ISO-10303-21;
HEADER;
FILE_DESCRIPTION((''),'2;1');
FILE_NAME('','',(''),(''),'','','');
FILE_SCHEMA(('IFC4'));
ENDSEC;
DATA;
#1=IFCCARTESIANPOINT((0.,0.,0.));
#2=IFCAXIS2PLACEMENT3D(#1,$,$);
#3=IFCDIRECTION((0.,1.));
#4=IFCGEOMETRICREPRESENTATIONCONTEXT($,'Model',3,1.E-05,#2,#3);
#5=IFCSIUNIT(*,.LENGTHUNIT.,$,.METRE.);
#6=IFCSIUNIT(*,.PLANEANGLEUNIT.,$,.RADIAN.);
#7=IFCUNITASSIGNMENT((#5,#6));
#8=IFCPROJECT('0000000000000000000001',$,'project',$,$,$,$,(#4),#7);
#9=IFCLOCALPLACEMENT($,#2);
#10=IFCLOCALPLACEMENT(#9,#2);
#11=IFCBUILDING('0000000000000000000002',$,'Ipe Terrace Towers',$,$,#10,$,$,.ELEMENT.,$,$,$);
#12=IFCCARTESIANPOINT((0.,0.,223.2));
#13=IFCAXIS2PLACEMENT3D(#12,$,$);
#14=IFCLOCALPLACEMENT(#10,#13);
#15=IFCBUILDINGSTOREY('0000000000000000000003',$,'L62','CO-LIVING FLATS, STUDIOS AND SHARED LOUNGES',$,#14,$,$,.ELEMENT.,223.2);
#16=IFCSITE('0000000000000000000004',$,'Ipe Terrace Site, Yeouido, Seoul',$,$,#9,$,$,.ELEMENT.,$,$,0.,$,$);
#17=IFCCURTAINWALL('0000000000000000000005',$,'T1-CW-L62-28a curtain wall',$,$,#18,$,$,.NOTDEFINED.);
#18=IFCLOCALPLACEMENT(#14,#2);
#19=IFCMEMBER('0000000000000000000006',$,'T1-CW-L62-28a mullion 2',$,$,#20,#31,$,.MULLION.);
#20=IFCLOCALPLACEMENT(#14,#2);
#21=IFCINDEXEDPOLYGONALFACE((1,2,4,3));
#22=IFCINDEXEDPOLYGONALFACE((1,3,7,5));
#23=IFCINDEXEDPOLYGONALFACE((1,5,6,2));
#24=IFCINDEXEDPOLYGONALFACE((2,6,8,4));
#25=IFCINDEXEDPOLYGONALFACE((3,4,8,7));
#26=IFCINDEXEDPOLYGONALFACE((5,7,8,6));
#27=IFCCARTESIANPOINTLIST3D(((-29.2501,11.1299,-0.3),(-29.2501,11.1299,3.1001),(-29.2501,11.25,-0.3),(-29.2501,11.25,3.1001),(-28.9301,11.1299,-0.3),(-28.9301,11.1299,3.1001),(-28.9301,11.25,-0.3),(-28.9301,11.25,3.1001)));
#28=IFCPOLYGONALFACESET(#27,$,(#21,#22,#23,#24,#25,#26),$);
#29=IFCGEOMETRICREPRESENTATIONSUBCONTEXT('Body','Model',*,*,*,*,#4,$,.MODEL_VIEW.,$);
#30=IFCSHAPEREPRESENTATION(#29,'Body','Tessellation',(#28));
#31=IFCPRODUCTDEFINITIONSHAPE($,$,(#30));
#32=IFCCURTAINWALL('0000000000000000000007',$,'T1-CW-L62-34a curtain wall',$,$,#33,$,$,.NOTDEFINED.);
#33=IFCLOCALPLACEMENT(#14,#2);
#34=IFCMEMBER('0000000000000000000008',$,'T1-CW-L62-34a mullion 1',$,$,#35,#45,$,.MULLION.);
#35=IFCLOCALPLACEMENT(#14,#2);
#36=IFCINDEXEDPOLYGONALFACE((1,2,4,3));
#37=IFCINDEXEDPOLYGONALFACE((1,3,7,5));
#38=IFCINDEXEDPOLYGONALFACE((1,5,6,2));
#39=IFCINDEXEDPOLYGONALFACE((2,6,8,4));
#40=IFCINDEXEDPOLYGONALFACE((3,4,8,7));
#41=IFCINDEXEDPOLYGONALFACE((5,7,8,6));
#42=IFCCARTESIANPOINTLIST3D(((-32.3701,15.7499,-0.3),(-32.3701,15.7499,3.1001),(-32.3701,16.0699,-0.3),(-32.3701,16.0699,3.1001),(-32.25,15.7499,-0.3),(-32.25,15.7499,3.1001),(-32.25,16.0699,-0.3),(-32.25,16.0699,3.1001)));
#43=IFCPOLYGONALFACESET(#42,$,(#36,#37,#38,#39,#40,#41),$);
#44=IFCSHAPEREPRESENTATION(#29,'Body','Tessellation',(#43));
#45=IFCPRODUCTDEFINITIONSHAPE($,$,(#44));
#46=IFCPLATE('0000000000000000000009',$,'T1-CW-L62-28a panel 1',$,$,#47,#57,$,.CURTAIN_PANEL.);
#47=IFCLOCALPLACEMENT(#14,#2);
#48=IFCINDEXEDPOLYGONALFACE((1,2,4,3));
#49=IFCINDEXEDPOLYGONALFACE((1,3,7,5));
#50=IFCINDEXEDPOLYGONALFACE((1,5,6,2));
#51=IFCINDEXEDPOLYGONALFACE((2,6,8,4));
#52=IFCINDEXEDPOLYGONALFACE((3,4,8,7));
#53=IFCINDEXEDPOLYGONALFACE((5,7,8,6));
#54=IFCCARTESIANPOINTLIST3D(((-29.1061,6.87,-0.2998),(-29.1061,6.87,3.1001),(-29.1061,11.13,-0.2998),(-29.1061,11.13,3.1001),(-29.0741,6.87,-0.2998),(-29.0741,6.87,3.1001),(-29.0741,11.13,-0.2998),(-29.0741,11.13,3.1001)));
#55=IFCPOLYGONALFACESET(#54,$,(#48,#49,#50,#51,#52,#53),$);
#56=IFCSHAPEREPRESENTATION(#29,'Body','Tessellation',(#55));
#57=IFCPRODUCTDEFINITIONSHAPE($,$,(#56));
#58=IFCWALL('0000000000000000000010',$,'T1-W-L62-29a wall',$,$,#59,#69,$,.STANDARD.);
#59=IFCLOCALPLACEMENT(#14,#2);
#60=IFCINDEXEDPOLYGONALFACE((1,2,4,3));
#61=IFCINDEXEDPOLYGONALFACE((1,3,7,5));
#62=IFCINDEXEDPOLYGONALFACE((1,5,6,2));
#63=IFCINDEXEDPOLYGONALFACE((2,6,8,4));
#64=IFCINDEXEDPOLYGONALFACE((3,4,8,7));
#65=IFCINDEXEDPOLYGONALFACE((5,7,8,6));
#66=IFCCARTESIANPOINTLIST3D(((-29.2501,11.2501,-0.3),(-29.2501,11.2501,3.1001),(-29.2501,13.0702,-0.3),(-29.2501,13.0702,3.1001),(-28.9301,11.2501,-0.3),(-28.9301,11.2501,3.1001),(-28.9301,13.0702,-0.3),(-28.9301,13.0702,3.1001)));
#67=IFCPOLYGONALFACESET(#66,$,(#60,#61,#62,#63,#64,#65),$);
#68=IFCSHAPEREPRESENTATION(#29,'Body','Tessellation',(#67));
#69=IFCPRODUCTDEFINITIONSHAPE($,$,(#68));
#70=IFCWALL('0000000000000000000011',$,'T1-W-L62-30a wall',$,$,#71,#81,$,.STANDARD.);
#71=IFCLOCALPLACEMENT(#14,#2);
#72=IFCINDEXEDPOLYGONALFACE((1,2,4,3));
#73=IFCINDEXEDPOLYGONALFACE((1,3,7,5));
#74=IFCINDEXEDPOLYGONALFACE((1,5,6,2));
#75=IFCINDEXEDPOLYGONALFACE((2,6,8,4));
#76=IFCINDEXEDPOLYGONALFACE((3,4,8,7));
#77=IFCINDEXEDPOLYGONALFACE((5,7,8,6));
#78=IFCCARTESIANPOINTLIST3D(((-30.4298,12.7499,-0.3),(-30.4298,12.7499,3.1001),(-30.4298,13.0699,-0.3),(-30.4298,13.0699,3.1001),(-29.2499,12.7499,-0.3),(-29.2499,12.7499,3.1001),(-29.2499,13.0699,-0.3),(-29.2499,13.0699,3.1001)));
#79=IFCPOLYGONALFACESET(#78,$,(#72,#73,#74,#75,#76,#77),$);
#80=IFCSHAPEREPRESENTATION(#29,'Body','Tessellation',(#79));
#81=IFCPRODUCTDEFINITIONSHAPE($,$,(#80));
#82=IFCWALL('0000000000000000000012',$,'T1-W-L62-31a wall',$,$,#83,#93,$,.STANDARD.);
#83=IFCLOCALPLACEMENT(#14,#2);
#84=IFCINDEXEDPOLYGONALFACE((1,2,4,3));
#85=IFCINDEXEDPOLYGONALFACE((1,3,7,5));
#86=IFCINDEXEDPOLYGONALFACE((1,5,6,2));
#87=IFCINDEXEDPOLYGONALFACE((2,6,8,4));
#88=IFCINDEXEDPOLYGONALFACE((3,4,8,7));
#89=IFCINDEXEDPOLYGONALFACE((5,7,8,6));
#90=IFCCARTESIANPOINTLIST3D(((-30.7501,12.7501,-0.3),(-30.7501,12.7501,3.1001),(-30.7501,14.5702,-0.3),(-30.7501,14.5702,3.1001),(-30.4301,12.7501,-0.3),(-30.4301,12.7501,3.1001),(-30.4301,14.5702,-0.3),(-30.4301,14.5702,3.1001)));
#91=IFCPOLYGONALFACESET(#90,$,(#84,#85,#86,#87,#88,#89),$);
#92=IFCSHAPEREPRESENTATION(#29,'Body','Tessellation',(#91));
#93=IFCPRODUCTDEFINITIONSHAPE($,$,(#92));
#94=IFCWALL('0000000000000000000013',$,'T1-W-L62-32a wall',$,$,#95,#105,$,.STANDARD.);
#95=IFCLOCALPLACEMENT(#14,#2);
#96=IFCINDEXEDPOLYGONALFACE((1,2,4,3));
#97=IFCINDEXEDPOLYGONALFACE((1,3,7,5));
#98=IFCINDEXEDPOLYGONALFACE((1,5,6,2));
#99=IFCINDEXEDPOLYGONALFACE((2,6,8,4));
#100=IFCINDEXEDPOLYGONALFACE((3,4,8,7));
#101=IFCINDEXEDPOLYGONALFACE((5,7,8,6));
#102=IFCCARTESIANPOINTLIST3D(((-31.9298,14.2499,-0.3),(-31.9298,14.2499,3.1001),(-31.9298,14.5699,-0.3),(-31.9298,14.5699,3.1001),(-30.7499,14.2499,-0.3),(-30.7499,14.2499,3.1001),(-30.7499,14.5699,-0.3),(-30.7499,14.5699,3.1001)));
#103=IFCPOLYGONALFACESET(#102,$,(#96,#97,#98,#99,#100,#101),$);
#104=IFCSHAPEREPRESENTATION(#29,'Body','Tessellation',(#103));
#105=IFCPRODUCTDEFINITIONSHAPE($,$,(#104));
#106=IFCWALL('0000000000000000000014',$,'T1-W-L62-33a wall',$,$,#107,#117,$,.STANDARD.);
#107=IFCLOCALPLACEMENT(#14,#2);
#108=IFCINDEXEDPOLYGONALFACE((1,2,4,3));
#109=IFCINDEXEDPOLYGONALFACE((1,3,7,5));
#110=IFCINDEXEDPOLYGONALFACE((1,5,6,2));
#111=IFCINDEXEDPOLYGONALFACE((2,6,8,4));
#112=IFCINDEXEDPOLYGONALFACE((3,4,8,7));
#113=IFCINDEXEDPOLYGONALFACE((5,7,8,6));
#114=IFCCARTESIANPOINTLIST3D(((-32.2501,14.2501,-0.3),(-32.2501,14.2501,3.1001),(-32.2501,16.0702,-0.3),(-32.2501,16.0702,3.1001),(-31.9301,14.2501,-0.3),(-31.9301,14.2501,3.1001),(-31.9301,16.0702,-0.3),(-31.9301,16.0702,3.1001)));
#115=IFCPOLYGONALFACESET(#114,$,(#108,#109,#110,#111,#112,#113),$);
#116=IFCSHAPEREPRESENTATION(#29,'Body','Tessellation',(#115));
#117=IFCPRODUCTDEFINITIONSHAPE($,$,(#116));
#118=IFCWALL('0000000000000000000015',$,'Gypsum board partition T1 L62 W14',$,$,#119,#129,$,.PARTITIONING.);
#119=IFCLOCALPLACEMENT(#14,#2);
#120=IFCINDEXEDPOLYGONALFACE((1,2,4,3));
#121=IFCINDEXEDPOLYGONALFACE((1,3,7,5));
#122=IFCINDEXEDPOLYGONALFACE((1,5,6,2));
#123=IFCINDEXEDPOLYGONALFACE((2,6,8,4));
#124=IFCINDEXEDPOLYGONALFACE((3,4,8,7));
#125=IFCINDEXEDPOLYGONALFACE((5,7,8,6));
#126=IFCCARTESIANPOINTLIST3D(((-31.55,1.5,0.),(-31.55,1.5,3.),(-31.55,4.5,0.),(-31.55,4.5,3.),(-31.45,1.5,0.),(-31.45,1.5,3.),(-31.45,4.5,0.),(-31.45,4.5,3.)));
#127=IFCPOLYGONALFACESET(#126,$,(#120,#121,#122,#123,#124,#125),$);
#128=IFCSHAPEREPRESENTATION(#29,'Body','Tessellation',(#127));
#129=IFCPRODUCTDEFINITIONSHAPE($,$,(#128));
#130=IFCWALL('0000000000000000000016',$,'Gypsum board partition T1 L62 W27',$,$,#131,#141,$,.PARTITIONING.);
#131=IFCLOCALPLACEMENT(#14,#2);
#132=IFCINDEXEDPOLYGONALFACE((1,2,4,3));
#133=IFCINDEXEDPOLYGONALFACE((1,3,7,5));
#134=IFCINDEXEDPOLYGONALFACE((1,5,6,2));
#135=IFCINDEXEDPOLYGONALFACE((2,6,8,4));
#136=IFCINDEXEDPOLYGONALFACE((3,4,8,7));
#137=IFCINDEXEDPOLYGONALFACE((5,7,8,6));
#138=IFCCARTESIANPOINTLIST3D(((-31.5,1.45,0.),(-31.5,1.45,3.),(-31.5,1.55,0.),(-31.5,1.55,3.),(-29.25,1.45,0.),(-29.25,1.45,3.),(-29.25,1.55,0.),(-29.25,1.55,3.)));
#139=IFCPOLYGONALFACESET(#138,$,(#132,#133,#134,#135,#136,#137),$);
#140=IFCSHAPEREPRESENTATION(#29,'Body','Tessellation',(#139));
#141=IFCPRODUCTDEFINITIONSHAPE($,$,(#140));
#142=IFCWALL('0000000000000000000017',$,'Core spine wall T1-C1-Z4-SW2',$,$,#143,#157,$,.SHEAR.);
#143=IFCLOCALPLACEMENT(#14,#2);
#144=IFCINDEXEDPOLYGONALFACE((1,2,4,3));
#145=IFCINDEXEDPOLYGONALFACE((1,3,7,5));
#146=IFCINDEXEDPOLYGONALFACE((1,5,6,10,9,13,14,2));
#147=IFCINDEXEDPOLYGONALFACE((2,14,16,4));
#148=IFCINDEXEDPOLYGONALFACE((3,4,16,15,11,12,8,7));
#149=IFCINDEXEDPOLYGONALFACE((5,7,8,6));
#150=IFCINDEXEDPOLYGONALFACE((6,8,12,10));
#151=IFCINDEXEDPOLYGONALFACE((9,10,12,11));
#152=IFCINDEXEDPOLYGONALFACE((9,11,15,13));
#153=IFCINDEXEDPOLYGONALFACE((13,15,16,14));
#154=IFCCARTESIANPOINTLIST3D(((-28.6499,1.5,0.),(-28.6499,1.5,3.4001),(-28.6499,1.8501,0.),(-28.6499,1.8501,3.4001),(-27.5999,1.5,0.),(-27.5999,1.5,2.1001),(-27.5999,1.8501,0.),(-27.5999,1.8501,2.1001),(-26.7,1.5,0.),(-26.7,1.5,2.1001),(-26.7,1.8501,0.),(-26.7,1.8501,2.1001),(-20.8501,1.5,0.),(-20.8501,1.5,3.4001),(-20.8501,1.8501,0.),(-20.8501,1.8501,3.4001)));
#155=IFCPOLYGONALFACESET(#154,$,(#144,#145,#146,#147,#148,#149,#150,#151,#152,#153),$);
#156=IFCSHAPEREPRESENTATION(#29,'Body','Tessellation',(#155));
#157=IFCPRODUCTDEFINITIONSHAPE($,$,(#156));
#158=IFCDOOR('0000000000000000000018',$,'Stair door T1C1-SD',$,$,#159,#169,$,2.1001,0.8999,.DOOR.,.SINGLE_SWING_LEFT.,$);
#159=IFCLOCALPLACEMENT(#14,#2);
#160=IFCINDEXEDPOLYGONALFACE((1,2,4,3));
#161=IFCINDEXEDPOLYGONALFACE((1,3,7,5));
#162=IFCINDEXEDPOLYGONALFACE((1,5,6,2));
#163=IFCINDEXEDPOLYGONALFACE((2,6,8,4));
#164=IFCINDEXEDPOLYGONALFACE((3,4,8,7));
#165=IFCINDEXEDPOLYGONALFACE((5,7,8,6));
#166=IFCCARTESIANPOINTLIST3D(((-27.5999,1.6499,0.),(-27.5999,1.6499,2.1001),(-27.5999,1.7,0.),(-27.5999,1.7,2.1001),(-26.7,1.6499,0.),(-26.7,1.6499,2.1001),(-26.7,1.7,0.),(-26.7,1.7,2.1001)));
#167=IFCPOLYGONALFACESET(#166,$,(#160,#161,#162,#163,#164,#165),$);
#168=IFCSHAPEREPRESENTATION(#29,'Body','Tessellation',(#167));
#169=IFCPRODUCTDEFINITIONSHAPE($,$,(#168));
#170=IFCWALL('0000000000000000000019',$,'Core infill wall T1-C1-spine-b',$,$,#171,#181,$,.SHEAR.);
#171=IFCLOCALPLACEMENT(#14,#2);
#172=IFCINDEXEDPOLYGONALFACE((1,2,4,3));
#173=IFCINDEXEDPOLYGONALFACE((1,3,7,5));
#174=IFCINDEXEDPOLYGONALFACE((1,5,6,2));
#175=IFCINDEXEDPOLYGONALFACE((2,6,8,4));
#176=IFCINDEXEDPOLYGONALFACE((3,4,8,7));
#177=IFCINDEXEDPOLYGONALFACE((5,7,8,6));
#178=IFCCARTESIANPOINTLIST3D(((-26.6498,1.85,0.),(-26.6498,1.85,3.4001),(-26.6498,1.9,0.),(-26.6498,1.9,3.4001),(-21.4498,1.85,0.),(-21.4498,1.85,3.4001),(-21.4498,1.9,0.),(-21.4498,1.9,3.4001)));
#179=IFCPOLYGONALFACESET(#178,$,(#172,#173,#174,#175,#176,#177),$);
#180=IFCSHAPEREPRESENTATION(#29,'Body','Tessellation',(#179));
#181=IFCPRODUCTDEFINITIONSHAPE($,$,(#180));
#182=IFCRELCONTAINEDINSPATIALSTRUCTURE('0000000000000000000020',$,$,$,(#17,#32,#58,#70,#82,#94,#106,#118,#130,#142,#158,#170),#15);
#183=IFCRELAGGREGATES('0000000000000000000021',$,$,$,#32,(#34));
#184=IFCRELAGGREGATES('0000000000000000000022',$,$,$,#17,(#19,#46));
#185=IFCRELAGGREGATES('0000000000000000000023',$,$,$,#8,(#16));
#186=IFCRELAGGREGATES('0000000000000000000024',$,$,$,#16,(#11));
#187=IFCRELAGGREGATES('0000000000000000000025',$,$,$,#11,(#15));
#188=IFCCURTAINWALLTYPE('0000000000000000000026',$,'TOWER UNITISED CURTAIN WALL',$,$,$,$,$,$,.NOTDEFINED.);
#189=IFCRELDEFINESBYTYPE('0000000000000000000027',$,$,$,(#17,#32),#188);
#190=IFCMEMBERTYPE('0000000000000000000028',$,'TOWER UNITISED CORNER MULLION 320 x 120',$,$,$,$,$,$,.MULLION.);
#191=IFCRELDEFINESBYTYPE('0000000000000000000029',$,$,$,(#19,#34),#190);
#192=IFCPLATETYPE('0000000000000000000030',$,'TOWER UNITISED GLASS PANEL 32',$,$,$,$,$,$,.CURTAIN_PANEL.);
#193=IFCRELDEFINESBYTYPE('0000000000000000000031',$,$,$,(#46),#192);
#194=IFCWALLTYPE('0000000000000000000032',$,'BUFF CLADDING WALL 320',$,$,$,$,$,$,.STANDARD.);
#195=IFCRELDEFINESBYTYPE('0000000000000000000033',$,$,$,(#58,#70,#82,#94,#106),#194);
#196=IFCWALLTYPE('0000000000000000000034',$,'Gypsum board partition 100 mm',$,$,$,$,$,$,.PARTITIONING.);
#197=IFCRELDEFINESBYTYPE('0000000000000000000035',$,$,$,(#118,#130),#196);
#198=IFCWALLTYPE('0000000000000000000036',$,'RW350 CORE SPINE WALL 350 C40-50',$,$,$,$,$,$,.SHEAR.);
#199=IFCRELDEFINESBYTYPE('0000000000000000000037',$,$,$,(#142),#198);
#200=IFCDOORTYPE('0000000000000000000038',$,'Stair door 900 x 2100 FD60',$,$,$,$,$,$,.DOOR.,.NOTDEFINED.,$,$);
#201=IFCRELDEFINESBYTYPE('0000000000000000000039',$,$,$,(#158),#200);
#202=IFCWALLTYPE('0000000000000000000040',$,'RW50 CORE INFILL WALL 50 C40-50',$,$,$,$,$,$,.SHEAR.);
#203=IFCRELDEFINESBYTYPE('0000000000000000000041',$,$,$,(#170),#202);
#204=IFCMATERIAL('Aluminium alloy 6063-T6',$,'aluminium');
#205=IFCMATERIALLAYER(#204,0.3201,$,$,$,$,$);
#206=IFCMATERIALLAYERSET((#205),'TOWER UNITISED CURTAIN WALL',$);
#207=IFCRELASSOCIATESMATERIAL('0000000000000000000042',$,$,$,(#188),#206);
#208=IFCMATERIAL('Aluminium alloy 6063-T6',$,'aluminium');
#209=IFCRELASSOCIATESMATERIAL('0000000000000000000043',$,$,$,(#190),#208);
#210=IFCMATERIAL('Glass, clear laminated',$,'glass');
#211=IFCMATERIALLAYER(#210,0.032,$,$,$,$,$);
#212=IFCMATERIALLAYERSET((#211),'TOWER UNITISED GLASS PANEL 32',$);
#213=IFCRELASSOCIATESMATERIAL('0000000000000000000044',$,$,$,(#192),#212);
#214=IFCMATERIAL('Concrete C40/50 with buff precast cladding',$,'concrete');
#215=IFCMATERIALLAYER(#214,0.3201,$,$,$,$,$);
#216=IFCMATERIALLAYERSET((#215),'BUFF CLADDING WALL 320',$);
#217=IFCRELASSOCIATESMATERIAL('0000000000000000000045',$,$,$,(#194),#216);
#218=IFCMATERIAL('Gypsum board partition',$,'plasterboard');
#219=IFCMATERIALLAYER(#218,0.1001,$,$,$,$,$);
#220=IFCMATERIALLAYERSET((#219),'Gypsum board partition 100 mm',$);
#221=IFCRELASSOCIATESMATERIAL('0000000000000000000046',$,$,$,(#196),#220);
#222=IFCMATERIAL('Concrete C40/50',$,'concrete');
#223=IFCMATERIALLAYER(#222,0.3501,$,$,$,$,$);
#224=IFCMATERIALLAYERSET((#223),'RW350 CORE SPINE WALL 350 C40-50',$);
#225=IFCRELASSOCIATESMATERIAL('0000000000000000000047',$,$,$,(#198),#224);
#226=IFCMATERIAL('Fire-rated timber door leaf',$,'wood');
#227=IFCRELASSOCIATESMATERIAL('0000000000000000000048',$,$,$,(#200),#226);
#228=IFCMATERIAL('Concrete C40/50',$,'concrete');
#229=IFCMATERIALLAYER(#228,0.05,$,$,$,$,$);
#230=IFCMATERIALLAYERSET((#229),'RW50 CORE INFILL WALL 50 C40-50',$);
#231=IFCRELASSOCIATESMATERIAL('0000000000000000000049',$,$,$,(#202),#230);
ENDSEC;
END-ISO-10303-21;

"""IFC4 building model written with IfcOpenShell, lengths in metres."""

from ifc_helpers import new_model, si_unit, direction, frame, frame_2d, origin, origin_2d, place, context, subcontext, project, spatial, rectangle, extrude, material, layer, layer_set, material_profile, profile_set, type_object, element, fill, aggregate, save


model = new_model("IFC4")

# Units and contexts
model_context = context("Model", 3, precision=1e-05, world=origin(), true_north=direction((0.0, 1.0)))
body_context = subcontext(model_context, "Body", "Model", "MODEL_VIEW")
ifc_project = project(units=[si_unit("LENGTHUNIT", "METRE"), si_unit("PLANEANGLEUNIT", "RADIAN")], contexts=[model_context])

# Site, building, storey
site_placement = place(None, origin())
site = spatial("IfcSite", under=ifc_project, at=site_placement, Name="Ipe Terrace Site, Yeouido, Seoul", CompositionType="ELEMENT", RefElevation=0.0)
building_placement = place(site_placement, origin())
building = spatial("IfcBuilding", under=site, at=building_placement, Name="Ipe Terrace Towers", CompositionType="ELEMENT")
storey_placement = place(building_placement, frame((0.0, 0.0, 223.2)))
storey = spatial("IfcBuildingStorey", under=building, at=storey_placement, Name="L62", Description="CO-LIVING FLATS, STUDIOS AND SHARED LOUNGES", CompositionType="ELEMENT", Elevation=223.2)

# Curtain wall, member
ifc_material_1 = material(Name="Aluminium alloy 6063-T6", Category="aluminium")
ifc_layer_1 = layer(ifc_material_1, 0.3201)
ifc_layer_set_1 = layer_set([ifc_layer_1], Name="TOWER UNITISED CURTAIN WALL")
curtain_wall_type = type_object("IfcCurtainWallType", Name="TOWER UNITISED CURTAIN WALL", PredefinedType="NOTDEFINED", material=ifc_layer_set_1)
curtain_wall_1_placement = place(storey_placement, origin())
curtain_wall_1 = element("IfcCurtainWall", 1, at=curtain_wall_1_placement, inside=storey, type_object=curtain_wall_type, Name="T1-CW-L62-28a curtain wall", PredefinedType="NOTDEFINED")
ifc_material_2 = material(Name="Aluminium alloy 6063-T6", Category="aluminium")
ifc_material_profile_1 = material_profile(ifc_material_2, rectangle(XDim=0.3201, YDim=0.1201, at=origin_2d()), Name="TOWER UNITISED CORNER MULLION 320 x 120")
ifc_profile_set_1 = profile_set([ifc_material_profile_1], Name="Aluminium alloy 6063-T6")
member_type = type_object("IfcMemberType", Name="TOWER UNITISED CORNER MULLION 320 x 120", PredefinedType="MULLION", material=ifc_profile_set_1)
member_1_placement = place(storey_placement, frame((-29.0901, 11.1899, -0.3), z_axis=(0.0, 0.0, 1.0), x_axis=(1.0, 0.0, 0.0)))
member_1 = element("IfcMember", 2, at=member_1_placement, type_object=member_type, Name="T1-CW-L62-28a mullion 2", PredefinedType="MULLION", context=body_context, shape_type="SweptSolid", body=[
    extrude(rectangle(XDim=0.3201, YDim=0.1201, at=origin_2d()), origin(), (0.0, 0.0, 1.0), 3.4001),
])

# Curtain wall, member
curtain_wall_2_placement = place(storey_placement, origin())
curtain_wall_2 = element("IfcCurtainWall", 3, at=curtain_wall_2_placement, inside=storey, type_object=curtain_wall_type, Name="T1-CW-L62-34a curtain wall", PredefinedType="NOTDEFINED")
member_2_placement = place(storey_placement, frame((-32.3101, 15.9099, -0.3), z_axis=(0.0, 0.0, 1.0), x_axis=(0.0, 1.0, 0.0)))
member_2 = element("IfcMember", 4, at=member_2_placement, type_object=member_type, Name="T1-CW-L62-34a mullion 1", PredefinedType="MULLION", context=body_context, shape_type="SweptSolid", body=[
    extrude(rectangle(XDim=0.3201, YDim=0.1201, at=origin_2d()), origin(), (0.0, 0.0, 1.0), 3.4001),
])
aggregate(curtain_wall_2, [member_2])

# Plate
ifc_material_3 = material(Name="Glass, clear laminated", Category="glass")
ifc_layer_2 = layer(ifc_material_3, 0.032)
ifc_layer_set_2 = layer_set([ifc_layer_2], Name="TOWER UNITISED GLASS PANEL 32")
plate_type = type_object("IfcPlateType", Name="TOWER UNITISED GLASS PANEL 32", PredefinedType="CURTAIN_PANEL", material=ifc_layer_set_2)
plate_placement = place(storey_placement, frame((-29.0901, 9.0, -0.2998), z_axis=(0.0, 0.0, 1.0), x_axis=(0.0, 1.0, 0.0)))
plate = element("IfcPlate", 5, at=plate_placement, type_object=plate_type, Name="T1-CW-L62-28a panel 1", PredefinedType="CURTAIN_PANEL", context=body_context, shape_type="SweptSolid", body=[
    extrude(rectangle(XDim=4.26, YDim=0.032, at=origin_2d()), origin(), (0.0, 0.0, 1.0), 3.3999),
])
aggregate(curtain_wall_1, [member_1, plate])

# Walls
ifc_material_4 = material(Name="Concrete C40/50 with buff precast cladding", Category="concrete")
ifc_layer_3 = layer(ifc_material_4, 0.3201)
ifc_layer_set_3 = layer_set([ifc_layer_3], Name="BUFF CLADDING WALL 320")
wall_type_1 = type_object("IfcWallType", Name="BUFF CLADDING WALL 320", PredefinedType="STANDARD", material=ifc_layer_set_3)
wall_1_placement = place(storey_placement, frame((-29.0901, 11.25, -0.3), z_axis=(0.0, 0.0, 1.0), x_axis=(0.0, 1.0, 0.0)))
element("IfcWall", 6, at=wall_1_placement, inside=storey, type_object=wall_type_1, Name="T1-W-L62-29a wall", PredefinedType="STANDARD", context=body_context, shape_type="SweptSolid", body=[
    extrude(rectangle(XDim=1.8201, YDim=0.3201, at=frame_2d((0.9102, 0.0))), origin(), (0.0, 0.0, 1.0), 3.4001),
])
wall_2_placement = place(storey_placement, frame((-29.25, 12.9099, -0.3), z_axis=(0.0, 0.0, 1.0), x_axis=(-1.0, 0.0, 0.0)))
element("IfcWall", 7, at=wall_2_placement, inside=storey, type_object=wall_type_1, Name="T1-W-L62-30a wall", PredefinedType="STANDARD", context=body_context, shape_type="SweptSolid", body=[
    extrude(rectangle(XDim=1.1799, YDim=0.3201, at=frame_2d((0.5898, 0.0))), origin(), (0.0, 0.0, 1.0), 3.4001),
])
wall_3_placement = place(storey_placement, frame((-30.5901, 12.75, -0.3), z_axis=(0.0, 0.0, 1.0), x_axis=(0.0, 1.0, 0.0)))
element("IfcWall", 8, at=wall_3_placement, inside=storey, type_object=wall_type_1, Name="T1-W-L62-31a wall", PredefinedType="STANDARD", context=body_context, shape_type="SweptSolid", body=[
    extrude(rectangle(XDim=1.8201, YDim=0.3201, at=frame_2d((0.9102, 0.0))), origin(), (0.0, 0.0, 1.0), 3.4001),
])
wall_4_placement = place(storey_placement, frame((-30.75, 14.4099, -0.3), z_axis=(0.0, 0.0, 1.0), x_axis=(-1.0, 0.0, 0.0)))
element("IfcWall", 9, at=wall_4_placement, inside=storey, type_object=wall_type_1, Name="T1-W-L62-32a wall", PredefinedType="STANDARD", context=body_context, shape_type="SweptSolid", body=[
    extrude(rectangle(XDim=1.1799, YDim=0.3201, at=frame_2d((0.5898, 0.0))), origin(), (0.0, 0.0, 1.0), 3.4001),
])
wall_5_placement = place(storey_placement, frame((-32.0901, 14.25, -0.3), z_axis=(0.0, 0.0, 1.0), x_axis=(0.0, 1.0, 0.0)))
element("IfcWall", 10, at=wall_5_placement, inside=storey, type_object=wall_type_1, Name="T1-W-L62-33a wall", PredefinedType="STANDARD", context=body_context, shape_type="SweptSolid", body=[
    extrude(rectangle(XDim=1.8201, YDim=0.3201, at=frame_2d((0.9102, 0.0))), origin(), (0.0, 0.0, 1.0), 3.4001),
])
ifc_material_5 = material(Name="Gypsum board partition", Category="plasterboard")
ifc_layer_4 = layer(ifc_material_5, 0.1001)
ifc_layer_set_4 = layer_set([ifc_layer_4], Name="Gypsum board partition 100 mm")
wall_type_2 = type_object("IfcWallType", Name="Gypsum board partition 100 mm", PredefinedType="PARTITIONING", material=ifc_layer_set_4)
wall_6_placement = place(storey_placement, frame((-31.5, 1.5, 0.0), z_axis=(0.0, 0.0, 1.0), x_axis=(0.0, 1.0, 0.0)))
element("IfcWall", 11, at=wall_6_placement, inside=storey, type_object=wall_type_2, Name="Gypsum board partition T1 L62 W14", PredefinedType="PARTITIONING", context=body_context, shape_type="SweptSolid", body=[
    extrude(rectangle(XDim=3.0, YDim=0.1001, at=frame_2d((1.5, 0.0))), origin(), (0.0, 0.0, 1.0), 3.0),
])
wall_7_placement = place(storey_placement, frame((-31.5, 1.5, 0.0), z_axis=(0.0, 0.0, 1.0), x_axis=(1.0, 0.0, 0.0)))
element("IfcWall", 12, at=wall_7_placement, inside=storey, type_object=wall_type_2, Name="Gypsum board partition T1 L62 W27", PredefinedType="PARTITIONING", context=body_context, shape_type="SweptSolid", body=[
    extrude(rectangle(XDim=2.25, YDim=0.1001, at=frame_2d((1.125, 0.0))), origin(), (0.0, 0.0, 1.0), 3.0),
])

# Wall, opening, door
ifc_material_6 = material(Name="Concrete C40/50", Category="concrete")
ifc_layer_5 = layer(ifc_material_6, 0.3501)
ifc_layer_set_5 = layer_set([ifc_layer_5], Name="RW350 CORE SPINE WALL 350 C40-50")
wall_type_3 = type_object("IfcWallType", Name="RW350 CORE SPINE WALL 350 C40-50", PredefinedType="SHEAR", material=ifc_layer_set_5)
wall_8_placement = place(storey_placement, frame((-28.6499, 1.675, 0.0), z_axis=(0.0, 0.0, 1.0), x_axis=(1.0, 0.0, 0.0)))
wall_8 = element("IfcWall", 13, at=wall_8_placement, inside=storey, type_object=wall_type_3, Name="Core spine wall T1-C1-Z4-SW2", PredefinedType="SHEAR", context=body_context, shape_type="SweptSolid", body=[
    extrude(rectangle(XDim=7.7998, YDim=0.3501, at=frame_2d((3.8999, 0.0))), origin(), (0.0, 0.0, 1.0), 3.4001),
])
opening_1_placement = place(wall_8_placement, frame((1.05, 0.0, 0.0)))
opening_1 = element("IfcOpeningElement", 14, at=opening_1_placement, cuts=wall_8, PredefinedType="OPENING", context=body_context, shape_type="SweptSolid", body=[
    extrude(rectangle(XDim=0.8999, YDim=2.1001, at=frame_2d((0.45, 1.05))), frame((0.0, 0.1851, 0.0), z_axis=(0.0, -1.0, 0.0), x_axis=(1.0, 0.0, 0.0)), (0.0, 0.0, 1.0), 0.3701),
])
ifc_material_7 = material(Name="Fire-rated timber door leaf", Category="wood")
door_type_1 = type_object("IfcDoorType", Name="Stair door 900 x 2100 FD60", OperationType="NOTDEFINED", PredefinedType="DOOR", material=ifc_material_7)
door_1_placement = place(opening_1_placement, origin())
door_1 = element("IfcDoor", 15, at=door_1_placement, inside=storey, type_object=door_type_1, Name="Stair door T1C1-SD", OperationType="SINGLE_SWING_LEFT", OverallHeight=2.1001, OverallWidth=0.8999, PredefinedType="DOOR", context=body_context, shape_type="SweptSolid", body=[
    extrude(rectangle(XDim=0.8999, YDim=2.1001, at=frame_2d((0.45, 1.05))), frame((0.0, 0.0249, 0.0), z_axis=(0.0, -1.0, 0.0), x_axis=(1.0, 0.0, 0.0)), (0.0, 0.0, 1.0), 0.05),
])
fill(opening_1, door_1)

# Wall
ifc_material_8 = material(Name="Concrete C40/50", Category="concrete")
ifc_layer_6 = layer(ifc_material_8, 0.05)
ifc_layer_set_6 = layer_set([ifc_layer_6], Name="RW50 CORE INFILL WALL 50 C40-50")
wall_type_4 = type_object("IfcWallType", Name="RW50 CORE INFILL WALL 50 C40-50", PredefinedType="SHEAR", material=ifc_layer_set_6)
wall_9_placement = place(storey_placement, frame((-26.6499, 1.875, 0.0), z_axis=(0.0, 0.0, 1.0), x_axis=(1.0, 0.0, 0.0)))
element("IfcWall", 16, at=wall_9_placement, inside=storey, type_object=wall_type_4, Name="Core infill wall T1-C1-spine-b", PredefinedType="SHEAR", context=body_context, shape_type="SweptSolid", body=[
    extrude(rectangle(XDim=5.2, YDim=0.05, at=frame_2d((2.6001, 0.0))), origin(), (0.0, 0.0, 1.0), 3.4001),
])

save(model, "model.ifc")
